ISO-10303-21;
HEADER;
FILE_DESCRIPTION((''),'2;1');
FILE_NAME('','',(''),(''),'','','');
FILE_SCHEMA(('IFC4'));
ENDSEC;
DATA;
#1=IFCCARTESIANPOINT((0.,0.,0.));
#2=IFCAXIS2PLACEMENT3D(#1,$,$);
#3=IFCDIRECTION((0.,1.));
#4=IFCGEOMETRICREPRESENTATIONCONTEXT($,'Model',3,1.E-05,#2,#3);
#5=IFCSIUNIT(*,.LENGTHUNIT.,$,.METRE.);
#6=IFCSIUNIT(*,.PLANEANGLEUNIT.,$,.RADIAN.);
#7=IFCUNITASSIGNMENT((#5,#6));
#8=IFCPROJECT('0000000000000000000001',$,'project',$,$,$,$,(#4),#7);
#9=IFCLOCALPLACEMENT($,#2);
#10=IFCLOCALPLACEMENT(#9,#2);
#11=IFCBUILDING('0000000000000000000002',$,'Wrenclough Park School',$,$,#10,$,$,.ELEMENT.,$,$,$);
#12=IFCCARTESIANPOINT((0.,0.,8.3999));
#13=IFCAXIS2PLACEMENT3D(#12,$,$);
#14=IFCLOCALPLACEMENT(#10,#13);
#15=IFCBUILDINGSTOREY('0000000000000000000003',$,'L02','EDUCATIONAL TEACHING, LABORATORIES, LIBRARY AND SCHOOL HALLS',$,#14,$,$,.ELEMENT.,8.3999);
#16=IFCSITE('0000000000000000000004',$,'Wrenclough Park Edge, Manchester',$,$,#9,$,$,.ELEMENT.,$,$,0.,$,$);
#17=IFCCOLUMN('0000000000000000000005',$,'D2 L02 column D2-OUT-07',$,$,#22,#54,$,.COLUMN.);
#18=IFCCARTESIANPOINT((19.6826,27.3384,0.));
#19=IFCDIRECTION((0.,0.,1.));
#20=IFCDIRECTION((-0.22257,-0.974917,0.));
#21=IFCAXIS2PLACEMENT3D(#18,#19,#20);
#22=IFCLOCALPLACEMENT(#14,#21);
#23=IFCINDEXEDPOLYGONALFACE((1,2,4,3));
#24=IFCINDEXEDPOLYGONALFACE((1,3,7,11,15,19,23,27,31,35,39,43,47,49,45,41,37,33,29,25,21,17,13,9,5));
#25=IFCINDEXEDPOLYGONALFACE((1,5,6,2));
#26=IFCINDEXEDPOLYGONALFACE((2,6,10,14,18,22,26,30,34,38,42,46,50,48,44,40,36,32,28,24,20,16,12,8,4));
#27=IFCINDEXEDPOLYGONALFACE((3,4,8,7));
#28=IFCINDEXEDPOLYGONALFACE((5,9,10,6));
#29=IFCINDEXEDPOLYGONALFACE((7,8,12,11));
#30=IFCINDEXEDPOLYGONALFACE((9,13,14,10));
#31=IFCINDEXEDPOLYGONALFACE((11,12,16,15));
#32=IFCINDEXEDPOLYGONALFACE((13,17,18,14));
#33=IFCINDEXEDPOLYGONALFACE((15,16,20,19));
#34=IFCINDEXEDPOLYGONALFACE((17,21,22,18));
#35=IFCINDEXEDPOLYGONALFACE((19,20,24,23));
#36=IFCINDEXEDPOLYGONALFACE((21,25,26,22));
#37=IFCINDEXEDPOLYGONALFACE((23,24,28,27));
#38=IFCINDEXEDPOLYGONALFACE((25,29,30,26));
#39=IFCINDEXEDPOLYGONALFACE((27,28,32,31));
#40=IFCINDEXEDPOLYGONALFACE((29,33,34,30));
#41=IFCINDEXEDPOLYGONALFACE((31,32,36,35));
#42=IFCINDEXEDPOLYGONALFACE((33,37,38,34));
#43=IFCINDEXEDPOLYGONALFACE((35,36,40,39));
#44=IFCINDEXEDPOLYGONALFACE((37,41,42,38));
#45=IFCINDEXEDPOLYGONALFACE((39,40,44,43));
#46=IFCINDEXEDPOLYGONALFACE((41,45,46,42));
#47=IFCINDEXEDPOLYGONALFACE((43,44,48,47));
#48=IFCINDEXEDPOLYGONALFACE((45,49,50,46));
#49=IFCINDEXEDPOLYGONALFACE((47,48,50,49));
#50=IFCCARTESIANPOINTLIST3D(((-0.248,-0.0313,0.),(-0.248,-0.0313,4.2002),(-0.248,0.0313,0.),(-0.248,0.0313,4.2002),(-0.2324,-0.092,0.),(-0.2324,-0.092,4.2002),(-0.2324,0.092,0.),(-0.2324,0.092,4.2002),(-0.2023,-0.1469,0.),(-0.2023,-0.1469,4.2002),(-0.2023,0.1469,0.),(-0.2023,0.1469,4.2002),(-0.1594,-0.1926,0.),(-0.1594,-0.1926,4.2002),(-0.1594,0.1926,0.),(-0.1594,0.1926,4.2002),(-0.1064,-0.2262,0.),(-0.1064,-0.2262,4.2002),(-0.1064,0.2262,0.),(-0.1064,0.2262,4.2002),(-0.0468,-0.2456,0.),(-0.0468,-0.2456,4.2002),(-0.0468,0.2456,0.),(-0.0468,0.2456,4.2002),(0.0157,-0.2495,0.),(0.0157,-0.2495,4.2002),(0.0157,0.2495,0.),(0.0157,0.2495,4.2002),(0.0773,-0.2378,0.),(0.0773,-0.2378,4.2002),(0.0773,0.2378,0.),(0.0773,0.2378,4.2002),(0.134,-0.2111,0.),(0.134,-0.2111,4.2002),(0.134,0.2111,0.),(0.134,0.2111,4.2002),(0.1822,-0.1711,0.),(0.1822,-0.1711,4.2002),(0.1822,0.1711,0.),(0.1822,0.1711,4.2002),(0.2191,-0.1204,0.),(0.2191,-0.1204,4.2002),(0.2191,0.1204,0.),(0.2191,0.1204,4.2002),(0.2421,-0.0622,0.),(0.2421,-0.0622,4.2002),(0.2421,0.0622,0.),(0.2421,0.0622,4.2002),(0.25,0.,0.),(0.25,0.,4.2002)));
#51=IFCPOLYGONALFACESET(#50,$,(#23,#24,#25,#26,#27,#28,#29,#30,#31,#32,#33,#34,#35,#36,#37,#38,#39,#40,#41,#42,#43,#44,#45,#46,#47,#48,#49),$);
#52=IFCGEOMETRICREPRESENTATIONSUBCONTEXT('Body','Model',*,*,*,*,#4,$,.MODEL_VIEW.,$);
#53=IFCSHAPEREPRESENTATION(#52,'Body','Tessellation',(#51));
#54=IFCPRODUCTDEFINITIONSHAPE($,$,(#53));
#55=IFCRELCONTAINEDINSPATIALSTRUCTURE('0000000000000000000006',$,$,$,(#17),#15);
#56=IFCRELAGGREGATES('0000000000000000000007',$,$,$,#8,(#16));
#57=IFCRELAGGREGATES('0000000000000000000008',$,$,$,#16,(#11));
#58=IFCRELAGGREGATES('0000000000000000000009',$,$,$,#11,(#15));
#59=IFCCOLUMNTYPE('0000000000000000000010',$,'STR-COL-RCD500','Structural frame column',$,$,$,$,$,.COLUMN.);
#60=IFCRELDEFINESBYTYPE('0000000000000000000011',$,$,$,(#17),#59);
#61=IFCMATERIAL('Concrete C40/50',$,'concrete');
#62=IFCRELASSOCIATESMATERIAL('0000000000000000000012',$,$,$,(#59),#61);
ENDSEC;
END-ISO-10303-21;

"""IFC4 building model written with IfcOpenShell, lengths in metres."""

from ifc_helpers import new_model, si_unit, direction, frame, origin, origin_2d, place, context, subcontext, project, spatial, circle, extrude, material, material_profile, profile_set, type_object, element, save


model = new_model("IFC4")

# Units and contexts
model_context = context("Model", 3, precision=1e-05, world=origin(), true_north=direction((0.0, 1.0)))
body_context = subcontext(model_context, "Body", "Model", "MODEL_VIEW")
ifc_project = project(units=[si_unit("LENGTHUNIT", "METRE"), si_unit("PLANEANGLEUNIT", "RADIAN")], contexts=[model_context])

# Site, building, storey
site_placement = place(None, origin())
site = spatial("IfcSite", under=ifc_project, at=site_placement, Name="Wrenclough Park Edge, Manchester", CompositionType="ELEMENT", RefElevation=0.0)
building_placement = place(site_placement, origin())
building = spatial("IfcBuilding", under=site, at=building_placement, Name="Wrenclough Park School", CompositionType="ELEMENT")
storey_placement = place(building_placement, frame((0.0, 0.0, 8.3999)))
storey = spatial("IfcBuildingStorey", under=building, at=storey_placement, Name="L02", Description="EDUCATIONAL TEACHING, LABORATORIES, LIBRARY AND SCHOOL HALLS", CompositionType="ELEMENT", Elevation=8.3999)

# Column
ifc_material_1 = material(Name="Concrete C40/50", Category="concrete")
ifc_material_profile_1 = material_profile(ifc_material_1, circle(Radius=0.25, at=origin_2d()), Name="RC COL D500")
ifc_profile_set_1 = profile_set([ifc_material_profile_1], Name="Concrete C40/50")
column_type_1 = type_object("IfcColumnType", Name="STR-COL-RCD500", Description="Structural frame column", PredefinedType="COLUMN", material=ifc_profile_set_1)
column_1_placement = place(storey_placement, frame((19.6826, 27.3384, 0.0), z_axis=(0.0, 0.0, 1.0), x_axis=(-0.22257, -0.974917, 0.0)))
element("IfcColumn", 1, at=column_1_placement, inside=storey, type_object=column_type_1, Name="D2 L02 column D2-OUT-07", PredefinedType="COLUMN", context=body_context, shape_type="SweptSolid", body=[
    extrude(circle(Radius=0.25, at=origin_2d()), origin(), (0.0, 0.0, 1.0), 4.2002),
])

save(model, "model.ifc")
